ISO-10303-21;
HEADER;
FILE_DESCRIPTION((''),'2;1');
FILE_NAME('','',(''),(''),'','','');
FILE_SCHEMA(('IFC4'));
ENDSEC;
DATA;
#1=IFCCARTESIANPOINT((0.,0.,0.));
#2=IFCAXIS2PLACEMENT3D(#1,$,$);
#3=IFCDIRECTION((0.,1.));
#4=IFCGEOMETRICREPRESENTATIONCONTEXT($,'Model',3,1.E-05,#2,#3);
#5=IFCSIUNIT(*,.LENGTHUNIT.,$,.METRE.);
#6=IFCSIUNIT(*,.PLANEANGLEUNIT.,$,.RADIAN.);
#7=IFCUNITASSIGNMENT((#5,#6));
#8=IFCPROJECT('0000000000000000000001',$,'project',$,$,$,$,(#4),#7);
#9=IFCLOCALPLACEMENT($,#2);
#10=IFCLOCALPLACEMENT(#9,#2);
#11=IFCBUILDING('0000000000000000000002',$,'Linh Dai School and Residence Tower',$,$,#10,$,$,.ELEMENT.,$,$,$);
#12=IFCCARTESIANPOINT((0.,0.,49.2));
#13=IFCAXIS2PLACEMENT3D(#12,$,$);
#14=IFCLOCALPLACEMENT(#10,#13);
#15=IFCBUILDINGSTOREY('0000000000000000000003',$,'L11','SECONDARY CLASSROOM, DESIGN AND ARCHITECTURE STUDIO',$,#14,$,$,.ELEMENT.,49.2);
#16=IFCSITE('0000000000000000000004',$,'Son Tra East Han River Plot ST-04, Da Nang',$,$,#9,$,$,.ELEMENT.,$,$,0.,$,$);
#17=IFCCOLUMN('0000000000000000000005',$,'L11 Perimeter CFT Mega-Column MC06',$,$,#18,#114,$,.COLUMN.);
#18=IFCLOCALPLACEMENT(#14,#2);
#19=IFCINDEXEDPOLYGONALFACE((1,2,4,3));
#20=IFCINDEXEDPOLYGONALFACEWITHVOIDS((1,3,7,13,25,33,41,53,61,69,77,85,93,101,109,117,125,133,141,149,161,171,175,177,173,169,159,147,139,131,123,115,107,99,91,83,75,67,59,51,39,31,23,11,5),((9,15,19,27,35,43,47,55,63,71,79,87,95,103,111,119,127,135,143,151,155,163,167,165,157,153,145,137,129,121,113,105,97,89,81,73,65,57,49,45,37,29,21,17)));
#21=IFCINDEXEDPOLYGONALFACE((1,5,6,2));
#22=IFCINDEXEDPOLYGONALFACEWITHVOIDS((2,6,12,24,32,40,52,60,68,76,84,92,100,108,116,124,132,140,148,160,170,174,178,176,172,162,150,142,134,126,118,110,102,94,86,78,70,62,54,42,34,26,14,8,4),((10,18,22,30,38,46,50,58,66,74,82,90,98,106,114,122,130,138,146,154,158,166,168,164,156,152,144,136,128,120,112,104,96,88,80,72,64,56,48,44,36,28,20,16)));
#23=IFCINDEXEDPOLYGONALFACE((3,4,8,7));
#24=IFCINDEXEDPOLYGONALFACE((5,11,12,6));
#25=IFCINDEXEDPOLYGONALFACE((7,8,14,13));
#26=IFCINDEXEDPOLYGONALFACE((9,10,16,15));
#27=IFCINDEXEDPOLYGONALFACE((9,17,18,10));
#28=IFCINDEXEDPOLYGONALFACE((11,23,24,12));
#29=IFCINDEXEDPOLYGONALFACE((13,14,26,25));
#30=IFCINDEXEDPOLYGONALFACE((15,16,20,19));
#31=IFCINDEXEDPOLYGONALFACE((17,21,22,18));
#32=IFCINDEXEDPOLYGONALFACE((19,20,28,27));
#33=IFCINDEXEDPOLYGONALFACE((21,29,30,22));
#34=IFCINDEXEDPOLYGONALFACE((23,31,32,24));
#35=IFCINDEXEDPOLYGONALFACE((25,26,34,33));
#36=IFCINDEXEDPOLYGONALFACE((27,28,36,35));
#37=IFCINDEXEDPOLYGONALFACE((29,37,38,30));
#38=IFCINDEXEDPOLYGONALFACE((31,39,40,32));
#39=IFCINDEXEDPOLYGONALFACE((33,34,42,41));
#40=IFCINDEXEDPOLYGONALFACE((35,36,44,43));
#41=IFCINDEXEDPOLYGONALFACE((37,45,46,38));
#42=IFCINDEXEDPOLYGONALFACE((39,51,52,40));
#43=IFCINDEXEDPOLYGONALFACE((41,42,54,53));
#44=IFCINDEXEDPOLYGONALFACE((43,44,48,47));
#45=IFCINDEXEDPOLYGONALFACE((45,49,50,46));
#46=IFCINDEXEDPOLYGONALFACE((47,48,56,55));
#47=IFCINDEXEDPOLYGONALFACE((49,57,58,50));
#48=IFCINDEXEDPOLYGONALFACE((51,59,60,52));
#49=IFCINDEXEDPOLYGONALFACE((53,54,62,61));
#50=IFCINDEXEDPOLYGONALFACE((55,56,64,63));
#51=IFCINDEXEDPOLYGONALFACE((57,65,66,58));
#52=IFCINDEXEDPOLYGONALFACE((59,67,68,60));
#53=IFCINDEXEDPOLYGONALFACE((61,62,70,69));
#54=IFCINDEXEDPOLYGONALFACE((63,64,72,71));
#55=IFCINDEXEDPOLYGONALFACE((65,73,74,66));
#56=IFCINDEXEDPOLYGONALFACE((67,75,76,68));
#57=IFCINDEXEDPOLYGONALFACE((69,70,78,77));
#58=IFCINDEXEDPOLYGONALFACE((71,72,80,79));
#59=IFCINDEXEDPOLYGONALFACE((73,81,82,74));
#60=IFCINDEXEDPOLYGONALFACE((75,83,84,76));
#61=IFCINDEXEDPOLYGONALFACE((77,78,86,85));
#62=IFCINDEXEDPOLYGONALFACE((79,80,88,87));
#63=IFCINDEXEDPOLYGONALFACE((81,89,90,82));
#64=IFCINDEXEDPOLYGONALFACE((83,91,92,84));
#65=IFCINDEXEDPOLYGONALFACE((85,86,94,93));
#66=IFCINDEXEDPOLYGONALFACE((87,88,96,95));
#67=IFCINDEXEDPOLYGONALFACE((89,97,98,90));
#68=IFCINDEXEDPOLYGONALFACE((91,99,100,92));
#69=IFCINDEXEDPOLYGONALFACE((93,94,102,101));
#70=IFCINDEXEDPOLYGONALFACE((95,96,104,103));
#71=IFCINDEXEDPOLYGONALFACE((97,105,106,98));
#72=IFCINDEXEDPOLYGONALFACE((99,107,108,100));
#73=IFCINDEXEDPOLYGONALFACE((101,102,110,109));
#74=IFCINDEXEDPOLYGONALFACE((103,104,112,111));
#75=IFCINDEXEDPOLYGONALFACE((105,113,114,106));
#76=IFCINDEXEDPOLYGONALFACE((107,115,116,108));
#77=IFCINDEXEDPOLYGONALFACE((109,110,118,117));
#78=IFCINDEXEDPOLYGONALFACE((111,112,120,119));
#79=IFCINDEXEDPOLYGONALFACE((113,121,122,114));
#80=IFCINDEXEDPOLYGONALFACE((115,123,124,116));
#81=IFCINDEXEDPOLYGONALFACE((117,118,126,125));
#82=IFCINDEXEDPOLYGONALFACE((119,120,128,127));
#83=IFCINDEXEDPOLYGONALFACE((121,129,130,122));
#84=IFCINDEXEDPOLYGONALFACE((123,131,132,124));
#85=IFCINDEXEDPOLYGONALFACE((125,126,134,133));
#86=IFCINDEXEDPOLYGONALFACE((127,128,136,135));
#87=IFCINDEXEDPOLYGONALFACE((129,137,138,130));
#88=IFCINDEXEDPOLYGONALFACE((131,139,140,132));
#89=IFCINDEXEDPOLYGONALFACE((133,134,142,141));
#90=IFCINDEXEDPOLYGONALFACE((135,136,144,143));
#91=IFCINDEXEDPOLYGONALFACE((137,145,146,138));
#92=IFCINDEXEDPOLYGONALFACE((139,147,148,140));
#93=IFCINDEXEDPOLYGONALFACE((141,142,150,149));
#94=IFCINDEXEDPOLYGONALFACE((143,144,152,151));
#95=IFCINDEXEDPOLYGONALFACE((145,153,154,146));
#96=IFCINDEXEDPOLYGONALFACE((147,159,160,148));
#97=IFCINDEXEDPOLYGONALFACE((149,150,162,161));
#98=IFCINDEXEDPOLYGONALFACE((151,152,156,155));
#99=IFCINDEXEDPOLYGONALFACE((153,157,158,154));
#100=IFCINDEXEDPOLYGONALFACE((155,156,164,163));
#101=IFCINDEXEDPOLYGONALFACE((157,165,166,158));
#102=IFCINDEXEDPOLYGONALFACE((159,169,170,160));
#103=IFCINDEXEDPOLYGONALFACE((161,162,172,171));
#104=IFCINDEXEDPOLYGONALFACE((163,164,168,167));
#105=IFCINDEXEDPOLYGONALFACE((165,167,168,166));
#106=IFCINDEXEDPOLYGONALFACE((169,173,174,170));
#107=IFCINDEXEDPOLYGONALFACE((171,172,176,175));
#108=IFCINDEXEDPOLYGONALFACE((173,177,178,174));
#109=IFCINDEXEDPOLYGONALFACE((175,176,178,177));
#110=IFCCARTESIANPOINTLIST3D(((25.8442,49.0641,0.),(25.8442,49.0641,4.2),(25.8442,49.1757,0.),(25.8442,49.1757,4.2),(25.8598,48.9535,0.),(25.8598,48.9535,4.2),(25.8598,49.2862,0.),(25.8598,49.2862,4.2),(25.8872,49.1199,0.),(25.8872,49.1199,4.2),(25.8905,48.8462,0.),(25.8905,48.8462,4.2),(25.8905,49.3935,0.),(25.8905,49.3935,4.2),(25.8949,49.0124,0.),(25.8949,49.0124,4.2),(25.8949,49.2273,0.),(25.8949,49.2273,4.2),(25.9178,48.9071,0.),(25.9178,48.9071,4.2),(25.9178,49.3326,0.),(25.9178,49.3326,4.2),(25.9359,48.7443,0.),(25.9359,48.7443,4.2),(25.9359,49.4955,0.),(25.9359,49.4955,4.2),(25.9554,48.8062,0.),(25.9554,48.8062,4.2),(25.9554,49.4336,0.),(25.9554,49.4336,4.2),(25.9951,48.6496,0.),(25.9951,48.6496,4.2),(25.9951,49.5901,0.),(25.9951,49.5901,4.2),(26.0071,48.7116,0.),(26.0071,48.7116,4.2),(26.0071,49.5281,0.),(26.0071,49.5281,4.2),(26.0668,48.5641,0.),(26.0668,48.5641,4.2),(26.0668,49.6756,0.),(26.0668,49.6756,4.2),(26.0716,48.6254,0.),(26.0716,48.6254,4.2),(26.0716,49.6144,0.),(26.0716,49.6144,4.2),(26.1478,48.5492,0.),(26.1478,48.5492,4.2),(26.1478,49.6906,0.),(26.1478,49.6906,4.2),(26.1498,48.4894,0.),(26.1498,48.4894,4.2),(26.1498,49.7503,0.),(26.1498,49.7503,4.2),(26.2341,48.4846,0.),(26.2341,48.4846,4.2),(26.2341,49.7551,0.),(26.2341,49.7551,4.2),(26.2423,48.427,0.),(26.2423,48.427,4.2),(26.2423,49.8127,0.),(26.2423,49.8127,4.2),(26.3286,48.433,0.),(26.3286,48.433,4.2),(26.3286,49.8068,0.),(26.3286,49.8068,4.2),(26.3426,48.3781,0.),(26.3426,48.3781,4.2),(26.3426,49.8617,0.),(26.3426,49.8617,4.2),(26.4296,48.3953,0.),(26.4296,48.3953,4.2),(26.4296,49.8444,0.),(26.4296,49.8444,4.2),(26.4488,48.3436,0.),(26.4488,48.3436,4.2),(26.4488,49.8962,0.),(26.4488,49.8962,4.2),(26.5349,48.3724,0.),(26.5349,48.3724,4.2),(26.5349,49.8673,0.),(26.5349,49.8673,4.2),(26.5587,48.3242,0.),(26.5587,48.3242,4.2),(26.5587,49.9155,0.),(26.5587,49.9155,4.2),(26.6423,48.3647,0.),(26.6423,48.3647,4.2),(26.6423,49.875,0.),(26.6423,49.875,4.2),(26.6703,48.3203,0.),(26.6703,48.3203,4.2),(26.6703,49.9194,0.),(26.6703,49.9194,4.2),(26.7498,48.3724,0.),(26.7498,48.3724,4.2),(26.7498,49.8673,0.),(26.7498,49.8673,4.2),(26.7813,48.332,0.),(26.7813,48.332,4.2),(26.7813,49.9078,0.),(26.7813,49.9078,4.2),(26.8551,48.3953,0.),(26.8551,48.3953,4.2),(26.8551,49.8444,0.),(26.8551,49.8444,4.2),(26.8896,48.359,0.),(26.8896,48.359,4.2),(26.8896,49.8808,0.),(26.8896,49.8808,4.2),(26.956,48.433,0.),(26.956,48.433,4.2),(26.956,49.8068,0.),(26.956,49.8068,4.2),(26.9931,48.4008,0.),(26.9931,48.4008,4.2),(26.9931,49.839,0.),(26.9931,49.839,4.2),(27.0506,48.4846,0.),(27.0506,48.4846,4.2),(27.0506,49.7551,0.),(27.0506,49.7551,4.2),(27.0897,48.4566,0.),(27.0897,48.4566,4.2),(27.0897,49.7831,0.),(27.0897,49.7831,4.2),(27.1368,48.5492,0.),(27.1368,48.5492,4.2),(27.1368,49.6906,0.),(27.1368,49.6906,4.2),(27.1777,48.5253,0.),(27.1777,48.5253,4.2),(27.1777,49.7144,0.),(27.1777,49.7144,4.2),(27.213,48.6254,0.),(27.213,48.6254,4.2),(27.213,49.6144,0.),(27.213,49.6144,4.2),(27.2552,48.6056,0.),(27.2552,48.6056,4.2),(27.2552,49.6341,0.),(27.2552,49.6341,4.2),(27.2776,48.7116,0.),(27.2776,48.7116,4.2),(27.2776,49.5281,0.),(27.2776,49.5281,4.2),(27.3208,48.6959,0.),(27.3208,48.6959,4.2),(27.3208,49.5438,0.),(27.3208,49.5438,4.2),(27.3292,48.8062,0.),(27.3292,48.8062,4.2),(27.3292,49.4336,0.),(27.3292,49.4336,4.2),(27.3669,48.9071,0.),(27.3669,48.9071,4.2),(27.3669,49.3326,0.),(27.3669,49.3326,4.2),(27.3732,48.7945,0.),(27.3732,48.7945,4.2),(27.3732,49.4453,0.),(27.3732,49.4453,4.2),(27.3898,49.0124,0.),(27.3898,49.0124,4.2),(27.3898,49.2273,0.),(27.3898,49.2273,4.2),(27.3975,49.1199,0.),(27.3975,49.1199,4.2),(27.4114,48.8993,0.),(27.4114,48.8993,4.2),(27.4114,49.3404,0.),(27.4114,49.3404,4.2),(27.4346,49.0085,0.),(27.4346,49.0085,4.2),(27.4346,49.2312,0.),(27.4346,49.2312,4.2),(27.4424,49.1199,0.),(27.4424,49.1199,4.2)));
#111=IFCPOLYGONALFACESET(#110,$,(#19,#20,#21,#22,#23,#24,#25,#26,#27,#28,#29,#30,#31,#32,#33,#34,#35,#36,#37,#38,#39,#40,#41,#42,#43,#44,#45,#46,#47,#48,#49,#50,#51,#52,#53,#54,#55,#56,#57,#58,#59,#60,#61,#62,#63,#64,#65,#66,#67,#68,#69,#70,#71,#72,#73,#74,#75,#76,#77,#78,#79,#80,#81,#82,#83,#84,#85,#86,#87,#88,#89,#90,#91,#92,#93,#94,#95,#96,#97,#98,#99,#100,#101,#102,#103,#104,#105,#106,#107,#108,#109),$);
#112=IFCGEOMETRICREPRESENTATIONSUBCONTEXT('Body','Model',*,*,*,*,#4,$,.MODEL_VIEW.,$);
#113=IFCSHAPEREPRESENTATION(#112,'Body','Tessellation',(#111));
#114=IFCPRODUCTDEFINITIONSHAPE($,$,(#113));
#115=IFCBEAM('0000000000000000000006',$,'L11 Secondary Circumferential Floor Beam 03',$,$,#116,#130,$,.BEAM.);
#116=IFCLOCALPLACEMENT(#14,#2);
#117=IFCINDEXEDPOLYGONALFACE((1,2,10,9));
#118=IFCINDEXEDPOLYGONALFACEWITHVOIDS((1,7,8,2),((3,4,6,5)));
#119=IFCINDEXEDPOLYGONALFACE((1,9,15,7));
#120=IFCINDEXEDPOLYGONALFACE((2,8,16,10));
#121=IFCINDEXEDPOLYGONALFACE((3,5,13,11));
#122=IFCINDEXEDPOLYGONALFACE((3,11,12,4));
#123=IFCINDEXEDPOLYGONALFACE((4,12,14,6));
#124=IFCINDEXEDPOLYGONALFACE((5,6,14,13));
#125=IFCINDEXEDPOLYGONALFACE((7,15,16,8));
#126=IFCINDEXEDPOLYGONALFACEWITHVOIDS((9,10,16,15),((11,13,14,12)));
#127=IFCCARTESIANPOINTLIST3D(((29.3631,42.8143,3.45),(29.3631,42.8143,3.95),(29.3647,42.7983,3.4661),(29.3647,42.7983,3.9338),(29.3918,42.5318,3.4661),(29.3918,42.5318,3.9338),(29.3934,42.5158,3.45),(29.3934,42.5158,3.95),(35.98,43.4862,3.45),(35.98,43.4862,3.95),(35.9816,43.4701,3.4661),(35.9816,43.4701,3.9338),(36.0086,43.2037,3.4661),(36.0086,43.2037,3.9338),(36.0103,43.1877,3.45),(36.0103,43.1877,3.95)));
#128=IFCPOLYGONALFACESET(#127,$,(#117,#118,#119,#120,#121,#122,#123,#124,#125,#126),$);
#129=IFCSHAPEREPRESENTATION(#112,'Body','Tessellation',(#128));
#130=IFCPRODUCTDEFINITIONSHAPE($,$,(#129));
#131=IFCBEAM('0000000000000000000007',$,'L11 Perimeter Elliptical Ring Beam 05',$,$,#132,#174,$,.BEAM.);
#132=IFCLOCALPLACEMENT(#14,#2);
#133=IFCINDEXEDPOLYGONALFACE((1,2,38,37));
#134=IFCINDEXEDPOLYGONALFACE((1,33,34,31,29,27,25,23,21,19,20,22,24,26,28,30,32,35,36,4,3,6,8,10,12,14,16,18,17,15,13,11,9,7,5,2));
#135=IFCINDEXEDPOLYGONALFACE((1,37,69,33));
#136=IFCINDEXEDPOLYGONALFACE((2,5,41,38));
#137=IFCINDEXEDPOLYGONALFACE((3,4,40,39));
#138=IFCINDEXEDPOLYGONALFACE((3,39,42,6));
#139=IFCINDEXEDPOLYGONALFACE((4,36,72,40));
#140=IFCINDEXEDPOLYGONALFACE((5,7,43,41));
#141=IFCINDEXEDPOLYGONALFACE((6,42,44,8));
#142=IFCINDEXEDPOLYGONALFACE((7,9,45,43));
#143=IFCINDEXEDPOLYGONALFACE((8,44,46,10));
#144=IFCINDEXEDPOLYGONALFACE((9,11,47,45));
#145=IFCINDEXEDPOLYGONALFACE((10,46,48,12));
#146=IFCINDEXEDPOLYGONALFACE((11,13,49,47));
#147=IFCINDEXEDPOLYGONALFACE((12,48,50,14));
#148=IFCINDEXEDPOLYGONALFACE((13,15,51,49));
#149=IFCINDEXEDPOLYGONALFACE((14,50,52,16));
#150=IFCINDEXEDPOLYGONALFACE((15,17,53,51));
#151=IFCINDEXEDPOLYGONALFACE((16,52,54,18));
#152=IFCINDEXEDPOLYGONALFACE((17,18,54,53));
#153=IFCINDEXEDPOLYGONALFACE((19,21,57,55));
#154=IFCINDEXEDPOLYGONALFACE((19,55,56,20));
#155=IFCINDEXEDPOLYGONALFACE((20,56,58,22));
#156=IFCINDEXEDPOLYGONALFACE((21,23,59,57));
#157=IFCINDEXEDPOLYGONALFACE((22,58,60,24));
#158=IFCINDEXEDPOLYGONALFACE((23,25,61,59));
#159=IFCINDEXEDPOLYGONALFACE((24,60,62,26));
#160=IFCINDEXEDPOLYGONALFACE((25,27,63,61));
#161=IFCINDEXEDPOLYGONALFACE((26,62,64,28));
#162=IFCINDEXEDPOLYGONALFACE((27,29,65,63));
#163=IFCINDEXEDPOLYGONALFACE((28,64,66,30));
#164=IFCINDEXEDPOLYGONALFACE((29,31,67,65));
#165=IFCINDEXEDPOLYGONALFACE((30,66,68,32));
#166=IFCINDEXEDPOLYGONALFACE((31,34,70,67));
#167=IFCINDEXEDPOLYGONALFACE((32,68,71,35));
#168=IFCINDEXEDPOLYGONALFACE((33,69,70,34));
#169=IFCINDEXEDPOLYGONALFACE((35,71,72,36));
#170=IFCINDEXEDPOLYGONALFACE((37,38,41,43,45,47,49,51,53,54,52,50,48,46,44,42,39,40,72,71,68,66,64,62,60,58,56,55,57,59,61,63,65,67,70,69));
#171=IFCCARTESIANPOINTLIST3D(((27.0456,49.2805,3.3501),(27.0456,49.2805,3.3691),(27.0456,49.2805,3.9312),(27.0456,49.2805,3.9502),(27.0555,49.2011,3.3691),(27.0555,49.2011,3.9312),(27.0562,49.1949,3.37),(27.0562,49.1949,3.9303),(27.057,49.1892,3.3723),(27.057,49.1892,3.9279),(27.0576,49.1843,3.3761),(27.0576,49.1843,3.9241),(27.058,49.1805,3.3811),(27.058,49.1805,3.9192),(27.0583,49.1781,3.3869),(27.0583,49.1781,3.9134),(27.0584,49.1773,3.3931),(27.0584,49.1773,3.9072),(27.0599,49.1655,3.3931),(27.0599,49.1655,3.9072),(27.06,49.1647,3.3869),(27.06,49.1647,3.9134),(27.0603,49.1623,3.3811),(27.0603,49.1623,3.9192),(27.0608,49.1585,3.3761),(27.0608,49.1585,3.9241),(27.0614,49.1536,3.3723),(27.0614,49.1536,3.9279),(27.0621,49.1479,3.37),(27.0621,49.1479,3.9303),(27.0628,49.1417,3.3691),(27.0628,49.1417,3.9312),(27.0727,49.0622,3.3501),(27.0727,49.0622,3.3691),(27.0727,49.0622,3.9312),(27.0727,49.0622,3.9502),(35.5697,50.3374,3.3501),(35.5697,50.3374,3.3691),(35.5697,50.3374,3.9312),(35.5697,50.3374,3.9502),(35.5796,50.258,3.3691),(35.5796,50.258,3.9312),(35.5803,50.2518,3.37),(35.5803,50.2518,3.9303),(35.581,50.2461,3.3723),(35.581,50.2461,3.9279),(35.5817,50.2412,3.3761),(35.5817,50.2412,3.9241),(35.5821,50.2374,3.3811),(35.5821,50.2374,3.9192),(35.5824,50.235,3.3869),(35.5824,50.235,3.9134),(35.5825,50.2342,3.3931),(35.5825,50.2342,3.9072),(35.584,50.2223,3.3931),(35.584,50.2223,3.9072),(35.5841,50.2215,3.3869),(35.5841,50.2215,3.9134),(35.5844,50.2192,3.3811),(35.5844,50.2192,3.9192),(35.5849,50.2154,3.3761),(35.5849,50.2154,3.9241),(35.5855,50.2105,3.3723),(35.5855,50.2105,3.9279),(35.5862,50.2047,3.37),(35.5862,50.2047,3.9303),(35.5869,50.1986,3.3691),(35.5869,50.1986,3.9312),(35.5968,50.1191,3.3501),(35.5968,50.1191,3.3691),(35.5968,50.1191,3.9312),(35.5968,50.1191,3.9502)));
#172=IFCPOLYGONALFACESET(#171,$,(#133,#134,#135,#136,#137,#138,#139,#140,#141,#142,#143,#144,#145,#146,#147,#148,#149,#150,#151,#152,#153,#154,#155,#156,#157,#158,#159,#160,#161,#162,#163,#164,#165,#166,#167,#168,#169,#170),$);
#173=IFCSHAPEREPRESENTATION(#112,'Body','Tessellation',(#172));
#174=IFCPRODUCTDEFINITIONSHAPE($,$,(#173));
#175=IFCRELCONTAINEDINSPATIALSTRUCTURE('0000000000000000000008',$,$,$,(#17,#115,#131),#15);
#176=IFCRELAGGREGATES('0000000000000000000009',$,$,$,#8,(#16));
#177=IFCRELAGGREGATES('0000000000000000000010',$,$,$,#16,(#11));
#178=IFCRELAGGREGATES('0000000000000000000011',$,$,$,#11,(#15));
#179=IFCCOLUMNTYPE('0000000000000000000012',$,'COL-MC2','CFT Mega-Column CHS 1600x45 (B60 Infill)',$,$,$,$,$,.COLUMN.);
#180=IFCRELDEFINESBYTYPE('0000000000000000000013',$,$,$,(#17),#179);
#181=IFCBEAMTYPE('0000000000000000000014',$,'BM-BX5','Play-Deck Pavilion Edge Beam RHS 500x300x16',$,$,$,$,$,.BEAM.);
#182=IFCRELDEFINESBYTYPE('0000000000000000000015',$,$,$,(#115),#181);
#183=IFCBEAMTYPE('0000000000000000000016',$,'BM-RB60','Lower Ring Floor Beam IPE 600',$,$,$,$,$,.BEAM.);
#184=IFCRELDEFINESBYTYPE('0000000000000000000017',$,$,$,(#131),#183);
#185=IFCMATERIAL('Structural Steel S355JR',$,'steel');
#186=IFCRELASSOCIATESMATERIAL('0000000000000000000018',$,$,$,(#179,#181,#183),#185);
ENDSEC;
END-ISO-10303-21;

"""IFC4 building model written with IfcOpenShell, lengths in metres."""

from ifc_helpers import new_model, si_unit, direction, frame, origin, origin_2d, place, context, subcontext, project, spatial, hollow_rectangle, hollow_circle, i_section, extrude, material, material_profile, profile_set, type_object, element, save


model = new_model("IFC4")

# Units and contexts
model_context = context("Model", 3, precision=1e-05, world=origin(), true_north=direction((0.0, 1.0)))
body_context = subcontext(model_context, "Body", "Model", "MODEL_VIEW")
ifc_project = project(units=[si_unit("LENGTHUNIT", "METRE"), si_unit("PLANEANGLEUNIT", "RADIAN")], contexts=[model_context])

# Site, building, storey
site_placement = place(None, origin())
site = spatial("IfcSite", under=ifc_project, at=site_placement, Name="Son Tra East Han River Plot ST-04, Da Nang", CompositionType="ELEMENT", RefElevation=0.0)
building_placement = place(site_placement, origin())
building = spatial("IfcBuilding", under=site, at=building_placement, Name="Linh Dai School and Residence Tower", CompositionType="ELEMENT")
storey_placement = place(building_placement, frame((0.0, 0.0, 49.2)))
storey = spatial("IfcBuildingStorey", under=building, at=storey_placement, Name="L11", Description="SECONDARY CLASSROOM, DESIGN AND ARCHITECTURE STUDIO", CompositionType="ELEMENT", Elevation=49.2)

# Column
ifc_material_1 = material(Name="Structural Steel S355JR", Category="steel")
ifc_material_profile_1 = material_profile(ifc_material_1, hollow_circle(Radius=0.8, WallThickness=0.0449, at=origin_2d()), Name="CHS 1600x45")
ifc_profile_set_1 = profile_set([ifc_material_profile_1], Name="Structural Steel S355JR")
column_type_1 = type_object("IfcColumnType", Name="COL-MC2", Description="CFT Mega-Column CHS 1600x45 (B60 Infill)", PredefinedType="COLUMN", material=ifc_profile_set_1)
for number, where, z_axis, x_axis, name in (
    (1, (26.6423, 49.1199, 0.0), (0.0, 0.0, 1.0), (1.0, 0.0, 0.0), "L11 Perimeter CFT Mega-Column MC06"),
):
    element("IfcColumn", number, at=place(storey_placement, frame(where, z_axis=z_axis, x_axis=x_axis)), inside=storey, type_object=column_type_1, Name=name, PredefinedType="COLUMN", context=body_context, shape_type="SweptSolid", body=[
        extrude(hollow_circle(Radius=0.8, WallThickness=0.0449, at=origin_2d()), origin(), (0.0, 0.0, 1.0), 4.2),
    ])

# Beams
ifc_material_profile_2 = material_profile(ifc_material_1, hollow_rectangle(XDim=0.3, YDim=0.5, WallThickness=0.0161, at=origin_2d()), Name="RHS 500x300x16")
ifc_profile_set_2 = profile_set([ifc_material_profile_2], Name="Structural Steel S355JR")
beam_type_1 = type_object("IfcBeamType", Name="BM-BX5", Description="Play-Deck Pavilion Edge Beam RHS 500x300x16", PredefinedType="BEAM", material=ifc_profile_set_2)
beam_1_placement = place(storey_placement, frame((35.9951, 43.3369, 3.7), z_axis=(-0.994884, -0.101019, 0.0), x_axis=(0.101019, -0.994884, 0.0)))
element("IfcBeam", 2, at=beam_1_placement, inside=storey, type_object=beam_type_1, Name="L11 Secondary Circumferential Floor Beam 03", PredefinedType="BEAM", context=body_context, shape_type="SweptSolid", body=[
    extrude(hollow_rectangle(XDim=0.3, YDim=0.5, WallThickness=0.0161, at=origin_2d()), origin(), (0.0, 0.0, 1.0), 6.6509),
])
ifc_material_profile_3 = material_profile(ifc_material_1, i_section(OverallWidth=0.22, OverallDepth=0.6001, WebThickness=0.012, FlangeThickness=0.019, FilletRadius=0.0239, at=origin_2d()), Name="IPE 600")
ifc_profile_set_3 = profile_set([ifc_material_profile_3], Name="Structural Steel S355JR")
beam_type_2 = type_object("IfcBeamType", Name="BM-RB60", Description="Lower Ring Floor Beam IPE 600", PredefinedType="BEAM", material=ifc_profile_set_3)
beam_2_placement = place(storey_placement, frame((35.5833, 50.2283, 3.6501), z_axis=(-0.992401, -0.123045, 0.0), x_axis=(0.123045, -0.992401, 0.0)))
element("IfcBeam", 3, at=beam_2_placement, inside=storey, type_object=beam_type_2, Name="L11 Perimeter Elliptical Ring Beam 05", PredefinedType="BEAM", context=body_context, shape_type="SweptSolid", body=[
    extrude(i_section(OverallWidth=0.22, OverallDepth=0.6001, WebThickness=0.012, FlangeThickness=0.019, FilletRadius=0.0239, at=origin_2d()), origin(), (0.0, 0.0, 1.0), 8.5894),
])

save(model, "model.ifc")
